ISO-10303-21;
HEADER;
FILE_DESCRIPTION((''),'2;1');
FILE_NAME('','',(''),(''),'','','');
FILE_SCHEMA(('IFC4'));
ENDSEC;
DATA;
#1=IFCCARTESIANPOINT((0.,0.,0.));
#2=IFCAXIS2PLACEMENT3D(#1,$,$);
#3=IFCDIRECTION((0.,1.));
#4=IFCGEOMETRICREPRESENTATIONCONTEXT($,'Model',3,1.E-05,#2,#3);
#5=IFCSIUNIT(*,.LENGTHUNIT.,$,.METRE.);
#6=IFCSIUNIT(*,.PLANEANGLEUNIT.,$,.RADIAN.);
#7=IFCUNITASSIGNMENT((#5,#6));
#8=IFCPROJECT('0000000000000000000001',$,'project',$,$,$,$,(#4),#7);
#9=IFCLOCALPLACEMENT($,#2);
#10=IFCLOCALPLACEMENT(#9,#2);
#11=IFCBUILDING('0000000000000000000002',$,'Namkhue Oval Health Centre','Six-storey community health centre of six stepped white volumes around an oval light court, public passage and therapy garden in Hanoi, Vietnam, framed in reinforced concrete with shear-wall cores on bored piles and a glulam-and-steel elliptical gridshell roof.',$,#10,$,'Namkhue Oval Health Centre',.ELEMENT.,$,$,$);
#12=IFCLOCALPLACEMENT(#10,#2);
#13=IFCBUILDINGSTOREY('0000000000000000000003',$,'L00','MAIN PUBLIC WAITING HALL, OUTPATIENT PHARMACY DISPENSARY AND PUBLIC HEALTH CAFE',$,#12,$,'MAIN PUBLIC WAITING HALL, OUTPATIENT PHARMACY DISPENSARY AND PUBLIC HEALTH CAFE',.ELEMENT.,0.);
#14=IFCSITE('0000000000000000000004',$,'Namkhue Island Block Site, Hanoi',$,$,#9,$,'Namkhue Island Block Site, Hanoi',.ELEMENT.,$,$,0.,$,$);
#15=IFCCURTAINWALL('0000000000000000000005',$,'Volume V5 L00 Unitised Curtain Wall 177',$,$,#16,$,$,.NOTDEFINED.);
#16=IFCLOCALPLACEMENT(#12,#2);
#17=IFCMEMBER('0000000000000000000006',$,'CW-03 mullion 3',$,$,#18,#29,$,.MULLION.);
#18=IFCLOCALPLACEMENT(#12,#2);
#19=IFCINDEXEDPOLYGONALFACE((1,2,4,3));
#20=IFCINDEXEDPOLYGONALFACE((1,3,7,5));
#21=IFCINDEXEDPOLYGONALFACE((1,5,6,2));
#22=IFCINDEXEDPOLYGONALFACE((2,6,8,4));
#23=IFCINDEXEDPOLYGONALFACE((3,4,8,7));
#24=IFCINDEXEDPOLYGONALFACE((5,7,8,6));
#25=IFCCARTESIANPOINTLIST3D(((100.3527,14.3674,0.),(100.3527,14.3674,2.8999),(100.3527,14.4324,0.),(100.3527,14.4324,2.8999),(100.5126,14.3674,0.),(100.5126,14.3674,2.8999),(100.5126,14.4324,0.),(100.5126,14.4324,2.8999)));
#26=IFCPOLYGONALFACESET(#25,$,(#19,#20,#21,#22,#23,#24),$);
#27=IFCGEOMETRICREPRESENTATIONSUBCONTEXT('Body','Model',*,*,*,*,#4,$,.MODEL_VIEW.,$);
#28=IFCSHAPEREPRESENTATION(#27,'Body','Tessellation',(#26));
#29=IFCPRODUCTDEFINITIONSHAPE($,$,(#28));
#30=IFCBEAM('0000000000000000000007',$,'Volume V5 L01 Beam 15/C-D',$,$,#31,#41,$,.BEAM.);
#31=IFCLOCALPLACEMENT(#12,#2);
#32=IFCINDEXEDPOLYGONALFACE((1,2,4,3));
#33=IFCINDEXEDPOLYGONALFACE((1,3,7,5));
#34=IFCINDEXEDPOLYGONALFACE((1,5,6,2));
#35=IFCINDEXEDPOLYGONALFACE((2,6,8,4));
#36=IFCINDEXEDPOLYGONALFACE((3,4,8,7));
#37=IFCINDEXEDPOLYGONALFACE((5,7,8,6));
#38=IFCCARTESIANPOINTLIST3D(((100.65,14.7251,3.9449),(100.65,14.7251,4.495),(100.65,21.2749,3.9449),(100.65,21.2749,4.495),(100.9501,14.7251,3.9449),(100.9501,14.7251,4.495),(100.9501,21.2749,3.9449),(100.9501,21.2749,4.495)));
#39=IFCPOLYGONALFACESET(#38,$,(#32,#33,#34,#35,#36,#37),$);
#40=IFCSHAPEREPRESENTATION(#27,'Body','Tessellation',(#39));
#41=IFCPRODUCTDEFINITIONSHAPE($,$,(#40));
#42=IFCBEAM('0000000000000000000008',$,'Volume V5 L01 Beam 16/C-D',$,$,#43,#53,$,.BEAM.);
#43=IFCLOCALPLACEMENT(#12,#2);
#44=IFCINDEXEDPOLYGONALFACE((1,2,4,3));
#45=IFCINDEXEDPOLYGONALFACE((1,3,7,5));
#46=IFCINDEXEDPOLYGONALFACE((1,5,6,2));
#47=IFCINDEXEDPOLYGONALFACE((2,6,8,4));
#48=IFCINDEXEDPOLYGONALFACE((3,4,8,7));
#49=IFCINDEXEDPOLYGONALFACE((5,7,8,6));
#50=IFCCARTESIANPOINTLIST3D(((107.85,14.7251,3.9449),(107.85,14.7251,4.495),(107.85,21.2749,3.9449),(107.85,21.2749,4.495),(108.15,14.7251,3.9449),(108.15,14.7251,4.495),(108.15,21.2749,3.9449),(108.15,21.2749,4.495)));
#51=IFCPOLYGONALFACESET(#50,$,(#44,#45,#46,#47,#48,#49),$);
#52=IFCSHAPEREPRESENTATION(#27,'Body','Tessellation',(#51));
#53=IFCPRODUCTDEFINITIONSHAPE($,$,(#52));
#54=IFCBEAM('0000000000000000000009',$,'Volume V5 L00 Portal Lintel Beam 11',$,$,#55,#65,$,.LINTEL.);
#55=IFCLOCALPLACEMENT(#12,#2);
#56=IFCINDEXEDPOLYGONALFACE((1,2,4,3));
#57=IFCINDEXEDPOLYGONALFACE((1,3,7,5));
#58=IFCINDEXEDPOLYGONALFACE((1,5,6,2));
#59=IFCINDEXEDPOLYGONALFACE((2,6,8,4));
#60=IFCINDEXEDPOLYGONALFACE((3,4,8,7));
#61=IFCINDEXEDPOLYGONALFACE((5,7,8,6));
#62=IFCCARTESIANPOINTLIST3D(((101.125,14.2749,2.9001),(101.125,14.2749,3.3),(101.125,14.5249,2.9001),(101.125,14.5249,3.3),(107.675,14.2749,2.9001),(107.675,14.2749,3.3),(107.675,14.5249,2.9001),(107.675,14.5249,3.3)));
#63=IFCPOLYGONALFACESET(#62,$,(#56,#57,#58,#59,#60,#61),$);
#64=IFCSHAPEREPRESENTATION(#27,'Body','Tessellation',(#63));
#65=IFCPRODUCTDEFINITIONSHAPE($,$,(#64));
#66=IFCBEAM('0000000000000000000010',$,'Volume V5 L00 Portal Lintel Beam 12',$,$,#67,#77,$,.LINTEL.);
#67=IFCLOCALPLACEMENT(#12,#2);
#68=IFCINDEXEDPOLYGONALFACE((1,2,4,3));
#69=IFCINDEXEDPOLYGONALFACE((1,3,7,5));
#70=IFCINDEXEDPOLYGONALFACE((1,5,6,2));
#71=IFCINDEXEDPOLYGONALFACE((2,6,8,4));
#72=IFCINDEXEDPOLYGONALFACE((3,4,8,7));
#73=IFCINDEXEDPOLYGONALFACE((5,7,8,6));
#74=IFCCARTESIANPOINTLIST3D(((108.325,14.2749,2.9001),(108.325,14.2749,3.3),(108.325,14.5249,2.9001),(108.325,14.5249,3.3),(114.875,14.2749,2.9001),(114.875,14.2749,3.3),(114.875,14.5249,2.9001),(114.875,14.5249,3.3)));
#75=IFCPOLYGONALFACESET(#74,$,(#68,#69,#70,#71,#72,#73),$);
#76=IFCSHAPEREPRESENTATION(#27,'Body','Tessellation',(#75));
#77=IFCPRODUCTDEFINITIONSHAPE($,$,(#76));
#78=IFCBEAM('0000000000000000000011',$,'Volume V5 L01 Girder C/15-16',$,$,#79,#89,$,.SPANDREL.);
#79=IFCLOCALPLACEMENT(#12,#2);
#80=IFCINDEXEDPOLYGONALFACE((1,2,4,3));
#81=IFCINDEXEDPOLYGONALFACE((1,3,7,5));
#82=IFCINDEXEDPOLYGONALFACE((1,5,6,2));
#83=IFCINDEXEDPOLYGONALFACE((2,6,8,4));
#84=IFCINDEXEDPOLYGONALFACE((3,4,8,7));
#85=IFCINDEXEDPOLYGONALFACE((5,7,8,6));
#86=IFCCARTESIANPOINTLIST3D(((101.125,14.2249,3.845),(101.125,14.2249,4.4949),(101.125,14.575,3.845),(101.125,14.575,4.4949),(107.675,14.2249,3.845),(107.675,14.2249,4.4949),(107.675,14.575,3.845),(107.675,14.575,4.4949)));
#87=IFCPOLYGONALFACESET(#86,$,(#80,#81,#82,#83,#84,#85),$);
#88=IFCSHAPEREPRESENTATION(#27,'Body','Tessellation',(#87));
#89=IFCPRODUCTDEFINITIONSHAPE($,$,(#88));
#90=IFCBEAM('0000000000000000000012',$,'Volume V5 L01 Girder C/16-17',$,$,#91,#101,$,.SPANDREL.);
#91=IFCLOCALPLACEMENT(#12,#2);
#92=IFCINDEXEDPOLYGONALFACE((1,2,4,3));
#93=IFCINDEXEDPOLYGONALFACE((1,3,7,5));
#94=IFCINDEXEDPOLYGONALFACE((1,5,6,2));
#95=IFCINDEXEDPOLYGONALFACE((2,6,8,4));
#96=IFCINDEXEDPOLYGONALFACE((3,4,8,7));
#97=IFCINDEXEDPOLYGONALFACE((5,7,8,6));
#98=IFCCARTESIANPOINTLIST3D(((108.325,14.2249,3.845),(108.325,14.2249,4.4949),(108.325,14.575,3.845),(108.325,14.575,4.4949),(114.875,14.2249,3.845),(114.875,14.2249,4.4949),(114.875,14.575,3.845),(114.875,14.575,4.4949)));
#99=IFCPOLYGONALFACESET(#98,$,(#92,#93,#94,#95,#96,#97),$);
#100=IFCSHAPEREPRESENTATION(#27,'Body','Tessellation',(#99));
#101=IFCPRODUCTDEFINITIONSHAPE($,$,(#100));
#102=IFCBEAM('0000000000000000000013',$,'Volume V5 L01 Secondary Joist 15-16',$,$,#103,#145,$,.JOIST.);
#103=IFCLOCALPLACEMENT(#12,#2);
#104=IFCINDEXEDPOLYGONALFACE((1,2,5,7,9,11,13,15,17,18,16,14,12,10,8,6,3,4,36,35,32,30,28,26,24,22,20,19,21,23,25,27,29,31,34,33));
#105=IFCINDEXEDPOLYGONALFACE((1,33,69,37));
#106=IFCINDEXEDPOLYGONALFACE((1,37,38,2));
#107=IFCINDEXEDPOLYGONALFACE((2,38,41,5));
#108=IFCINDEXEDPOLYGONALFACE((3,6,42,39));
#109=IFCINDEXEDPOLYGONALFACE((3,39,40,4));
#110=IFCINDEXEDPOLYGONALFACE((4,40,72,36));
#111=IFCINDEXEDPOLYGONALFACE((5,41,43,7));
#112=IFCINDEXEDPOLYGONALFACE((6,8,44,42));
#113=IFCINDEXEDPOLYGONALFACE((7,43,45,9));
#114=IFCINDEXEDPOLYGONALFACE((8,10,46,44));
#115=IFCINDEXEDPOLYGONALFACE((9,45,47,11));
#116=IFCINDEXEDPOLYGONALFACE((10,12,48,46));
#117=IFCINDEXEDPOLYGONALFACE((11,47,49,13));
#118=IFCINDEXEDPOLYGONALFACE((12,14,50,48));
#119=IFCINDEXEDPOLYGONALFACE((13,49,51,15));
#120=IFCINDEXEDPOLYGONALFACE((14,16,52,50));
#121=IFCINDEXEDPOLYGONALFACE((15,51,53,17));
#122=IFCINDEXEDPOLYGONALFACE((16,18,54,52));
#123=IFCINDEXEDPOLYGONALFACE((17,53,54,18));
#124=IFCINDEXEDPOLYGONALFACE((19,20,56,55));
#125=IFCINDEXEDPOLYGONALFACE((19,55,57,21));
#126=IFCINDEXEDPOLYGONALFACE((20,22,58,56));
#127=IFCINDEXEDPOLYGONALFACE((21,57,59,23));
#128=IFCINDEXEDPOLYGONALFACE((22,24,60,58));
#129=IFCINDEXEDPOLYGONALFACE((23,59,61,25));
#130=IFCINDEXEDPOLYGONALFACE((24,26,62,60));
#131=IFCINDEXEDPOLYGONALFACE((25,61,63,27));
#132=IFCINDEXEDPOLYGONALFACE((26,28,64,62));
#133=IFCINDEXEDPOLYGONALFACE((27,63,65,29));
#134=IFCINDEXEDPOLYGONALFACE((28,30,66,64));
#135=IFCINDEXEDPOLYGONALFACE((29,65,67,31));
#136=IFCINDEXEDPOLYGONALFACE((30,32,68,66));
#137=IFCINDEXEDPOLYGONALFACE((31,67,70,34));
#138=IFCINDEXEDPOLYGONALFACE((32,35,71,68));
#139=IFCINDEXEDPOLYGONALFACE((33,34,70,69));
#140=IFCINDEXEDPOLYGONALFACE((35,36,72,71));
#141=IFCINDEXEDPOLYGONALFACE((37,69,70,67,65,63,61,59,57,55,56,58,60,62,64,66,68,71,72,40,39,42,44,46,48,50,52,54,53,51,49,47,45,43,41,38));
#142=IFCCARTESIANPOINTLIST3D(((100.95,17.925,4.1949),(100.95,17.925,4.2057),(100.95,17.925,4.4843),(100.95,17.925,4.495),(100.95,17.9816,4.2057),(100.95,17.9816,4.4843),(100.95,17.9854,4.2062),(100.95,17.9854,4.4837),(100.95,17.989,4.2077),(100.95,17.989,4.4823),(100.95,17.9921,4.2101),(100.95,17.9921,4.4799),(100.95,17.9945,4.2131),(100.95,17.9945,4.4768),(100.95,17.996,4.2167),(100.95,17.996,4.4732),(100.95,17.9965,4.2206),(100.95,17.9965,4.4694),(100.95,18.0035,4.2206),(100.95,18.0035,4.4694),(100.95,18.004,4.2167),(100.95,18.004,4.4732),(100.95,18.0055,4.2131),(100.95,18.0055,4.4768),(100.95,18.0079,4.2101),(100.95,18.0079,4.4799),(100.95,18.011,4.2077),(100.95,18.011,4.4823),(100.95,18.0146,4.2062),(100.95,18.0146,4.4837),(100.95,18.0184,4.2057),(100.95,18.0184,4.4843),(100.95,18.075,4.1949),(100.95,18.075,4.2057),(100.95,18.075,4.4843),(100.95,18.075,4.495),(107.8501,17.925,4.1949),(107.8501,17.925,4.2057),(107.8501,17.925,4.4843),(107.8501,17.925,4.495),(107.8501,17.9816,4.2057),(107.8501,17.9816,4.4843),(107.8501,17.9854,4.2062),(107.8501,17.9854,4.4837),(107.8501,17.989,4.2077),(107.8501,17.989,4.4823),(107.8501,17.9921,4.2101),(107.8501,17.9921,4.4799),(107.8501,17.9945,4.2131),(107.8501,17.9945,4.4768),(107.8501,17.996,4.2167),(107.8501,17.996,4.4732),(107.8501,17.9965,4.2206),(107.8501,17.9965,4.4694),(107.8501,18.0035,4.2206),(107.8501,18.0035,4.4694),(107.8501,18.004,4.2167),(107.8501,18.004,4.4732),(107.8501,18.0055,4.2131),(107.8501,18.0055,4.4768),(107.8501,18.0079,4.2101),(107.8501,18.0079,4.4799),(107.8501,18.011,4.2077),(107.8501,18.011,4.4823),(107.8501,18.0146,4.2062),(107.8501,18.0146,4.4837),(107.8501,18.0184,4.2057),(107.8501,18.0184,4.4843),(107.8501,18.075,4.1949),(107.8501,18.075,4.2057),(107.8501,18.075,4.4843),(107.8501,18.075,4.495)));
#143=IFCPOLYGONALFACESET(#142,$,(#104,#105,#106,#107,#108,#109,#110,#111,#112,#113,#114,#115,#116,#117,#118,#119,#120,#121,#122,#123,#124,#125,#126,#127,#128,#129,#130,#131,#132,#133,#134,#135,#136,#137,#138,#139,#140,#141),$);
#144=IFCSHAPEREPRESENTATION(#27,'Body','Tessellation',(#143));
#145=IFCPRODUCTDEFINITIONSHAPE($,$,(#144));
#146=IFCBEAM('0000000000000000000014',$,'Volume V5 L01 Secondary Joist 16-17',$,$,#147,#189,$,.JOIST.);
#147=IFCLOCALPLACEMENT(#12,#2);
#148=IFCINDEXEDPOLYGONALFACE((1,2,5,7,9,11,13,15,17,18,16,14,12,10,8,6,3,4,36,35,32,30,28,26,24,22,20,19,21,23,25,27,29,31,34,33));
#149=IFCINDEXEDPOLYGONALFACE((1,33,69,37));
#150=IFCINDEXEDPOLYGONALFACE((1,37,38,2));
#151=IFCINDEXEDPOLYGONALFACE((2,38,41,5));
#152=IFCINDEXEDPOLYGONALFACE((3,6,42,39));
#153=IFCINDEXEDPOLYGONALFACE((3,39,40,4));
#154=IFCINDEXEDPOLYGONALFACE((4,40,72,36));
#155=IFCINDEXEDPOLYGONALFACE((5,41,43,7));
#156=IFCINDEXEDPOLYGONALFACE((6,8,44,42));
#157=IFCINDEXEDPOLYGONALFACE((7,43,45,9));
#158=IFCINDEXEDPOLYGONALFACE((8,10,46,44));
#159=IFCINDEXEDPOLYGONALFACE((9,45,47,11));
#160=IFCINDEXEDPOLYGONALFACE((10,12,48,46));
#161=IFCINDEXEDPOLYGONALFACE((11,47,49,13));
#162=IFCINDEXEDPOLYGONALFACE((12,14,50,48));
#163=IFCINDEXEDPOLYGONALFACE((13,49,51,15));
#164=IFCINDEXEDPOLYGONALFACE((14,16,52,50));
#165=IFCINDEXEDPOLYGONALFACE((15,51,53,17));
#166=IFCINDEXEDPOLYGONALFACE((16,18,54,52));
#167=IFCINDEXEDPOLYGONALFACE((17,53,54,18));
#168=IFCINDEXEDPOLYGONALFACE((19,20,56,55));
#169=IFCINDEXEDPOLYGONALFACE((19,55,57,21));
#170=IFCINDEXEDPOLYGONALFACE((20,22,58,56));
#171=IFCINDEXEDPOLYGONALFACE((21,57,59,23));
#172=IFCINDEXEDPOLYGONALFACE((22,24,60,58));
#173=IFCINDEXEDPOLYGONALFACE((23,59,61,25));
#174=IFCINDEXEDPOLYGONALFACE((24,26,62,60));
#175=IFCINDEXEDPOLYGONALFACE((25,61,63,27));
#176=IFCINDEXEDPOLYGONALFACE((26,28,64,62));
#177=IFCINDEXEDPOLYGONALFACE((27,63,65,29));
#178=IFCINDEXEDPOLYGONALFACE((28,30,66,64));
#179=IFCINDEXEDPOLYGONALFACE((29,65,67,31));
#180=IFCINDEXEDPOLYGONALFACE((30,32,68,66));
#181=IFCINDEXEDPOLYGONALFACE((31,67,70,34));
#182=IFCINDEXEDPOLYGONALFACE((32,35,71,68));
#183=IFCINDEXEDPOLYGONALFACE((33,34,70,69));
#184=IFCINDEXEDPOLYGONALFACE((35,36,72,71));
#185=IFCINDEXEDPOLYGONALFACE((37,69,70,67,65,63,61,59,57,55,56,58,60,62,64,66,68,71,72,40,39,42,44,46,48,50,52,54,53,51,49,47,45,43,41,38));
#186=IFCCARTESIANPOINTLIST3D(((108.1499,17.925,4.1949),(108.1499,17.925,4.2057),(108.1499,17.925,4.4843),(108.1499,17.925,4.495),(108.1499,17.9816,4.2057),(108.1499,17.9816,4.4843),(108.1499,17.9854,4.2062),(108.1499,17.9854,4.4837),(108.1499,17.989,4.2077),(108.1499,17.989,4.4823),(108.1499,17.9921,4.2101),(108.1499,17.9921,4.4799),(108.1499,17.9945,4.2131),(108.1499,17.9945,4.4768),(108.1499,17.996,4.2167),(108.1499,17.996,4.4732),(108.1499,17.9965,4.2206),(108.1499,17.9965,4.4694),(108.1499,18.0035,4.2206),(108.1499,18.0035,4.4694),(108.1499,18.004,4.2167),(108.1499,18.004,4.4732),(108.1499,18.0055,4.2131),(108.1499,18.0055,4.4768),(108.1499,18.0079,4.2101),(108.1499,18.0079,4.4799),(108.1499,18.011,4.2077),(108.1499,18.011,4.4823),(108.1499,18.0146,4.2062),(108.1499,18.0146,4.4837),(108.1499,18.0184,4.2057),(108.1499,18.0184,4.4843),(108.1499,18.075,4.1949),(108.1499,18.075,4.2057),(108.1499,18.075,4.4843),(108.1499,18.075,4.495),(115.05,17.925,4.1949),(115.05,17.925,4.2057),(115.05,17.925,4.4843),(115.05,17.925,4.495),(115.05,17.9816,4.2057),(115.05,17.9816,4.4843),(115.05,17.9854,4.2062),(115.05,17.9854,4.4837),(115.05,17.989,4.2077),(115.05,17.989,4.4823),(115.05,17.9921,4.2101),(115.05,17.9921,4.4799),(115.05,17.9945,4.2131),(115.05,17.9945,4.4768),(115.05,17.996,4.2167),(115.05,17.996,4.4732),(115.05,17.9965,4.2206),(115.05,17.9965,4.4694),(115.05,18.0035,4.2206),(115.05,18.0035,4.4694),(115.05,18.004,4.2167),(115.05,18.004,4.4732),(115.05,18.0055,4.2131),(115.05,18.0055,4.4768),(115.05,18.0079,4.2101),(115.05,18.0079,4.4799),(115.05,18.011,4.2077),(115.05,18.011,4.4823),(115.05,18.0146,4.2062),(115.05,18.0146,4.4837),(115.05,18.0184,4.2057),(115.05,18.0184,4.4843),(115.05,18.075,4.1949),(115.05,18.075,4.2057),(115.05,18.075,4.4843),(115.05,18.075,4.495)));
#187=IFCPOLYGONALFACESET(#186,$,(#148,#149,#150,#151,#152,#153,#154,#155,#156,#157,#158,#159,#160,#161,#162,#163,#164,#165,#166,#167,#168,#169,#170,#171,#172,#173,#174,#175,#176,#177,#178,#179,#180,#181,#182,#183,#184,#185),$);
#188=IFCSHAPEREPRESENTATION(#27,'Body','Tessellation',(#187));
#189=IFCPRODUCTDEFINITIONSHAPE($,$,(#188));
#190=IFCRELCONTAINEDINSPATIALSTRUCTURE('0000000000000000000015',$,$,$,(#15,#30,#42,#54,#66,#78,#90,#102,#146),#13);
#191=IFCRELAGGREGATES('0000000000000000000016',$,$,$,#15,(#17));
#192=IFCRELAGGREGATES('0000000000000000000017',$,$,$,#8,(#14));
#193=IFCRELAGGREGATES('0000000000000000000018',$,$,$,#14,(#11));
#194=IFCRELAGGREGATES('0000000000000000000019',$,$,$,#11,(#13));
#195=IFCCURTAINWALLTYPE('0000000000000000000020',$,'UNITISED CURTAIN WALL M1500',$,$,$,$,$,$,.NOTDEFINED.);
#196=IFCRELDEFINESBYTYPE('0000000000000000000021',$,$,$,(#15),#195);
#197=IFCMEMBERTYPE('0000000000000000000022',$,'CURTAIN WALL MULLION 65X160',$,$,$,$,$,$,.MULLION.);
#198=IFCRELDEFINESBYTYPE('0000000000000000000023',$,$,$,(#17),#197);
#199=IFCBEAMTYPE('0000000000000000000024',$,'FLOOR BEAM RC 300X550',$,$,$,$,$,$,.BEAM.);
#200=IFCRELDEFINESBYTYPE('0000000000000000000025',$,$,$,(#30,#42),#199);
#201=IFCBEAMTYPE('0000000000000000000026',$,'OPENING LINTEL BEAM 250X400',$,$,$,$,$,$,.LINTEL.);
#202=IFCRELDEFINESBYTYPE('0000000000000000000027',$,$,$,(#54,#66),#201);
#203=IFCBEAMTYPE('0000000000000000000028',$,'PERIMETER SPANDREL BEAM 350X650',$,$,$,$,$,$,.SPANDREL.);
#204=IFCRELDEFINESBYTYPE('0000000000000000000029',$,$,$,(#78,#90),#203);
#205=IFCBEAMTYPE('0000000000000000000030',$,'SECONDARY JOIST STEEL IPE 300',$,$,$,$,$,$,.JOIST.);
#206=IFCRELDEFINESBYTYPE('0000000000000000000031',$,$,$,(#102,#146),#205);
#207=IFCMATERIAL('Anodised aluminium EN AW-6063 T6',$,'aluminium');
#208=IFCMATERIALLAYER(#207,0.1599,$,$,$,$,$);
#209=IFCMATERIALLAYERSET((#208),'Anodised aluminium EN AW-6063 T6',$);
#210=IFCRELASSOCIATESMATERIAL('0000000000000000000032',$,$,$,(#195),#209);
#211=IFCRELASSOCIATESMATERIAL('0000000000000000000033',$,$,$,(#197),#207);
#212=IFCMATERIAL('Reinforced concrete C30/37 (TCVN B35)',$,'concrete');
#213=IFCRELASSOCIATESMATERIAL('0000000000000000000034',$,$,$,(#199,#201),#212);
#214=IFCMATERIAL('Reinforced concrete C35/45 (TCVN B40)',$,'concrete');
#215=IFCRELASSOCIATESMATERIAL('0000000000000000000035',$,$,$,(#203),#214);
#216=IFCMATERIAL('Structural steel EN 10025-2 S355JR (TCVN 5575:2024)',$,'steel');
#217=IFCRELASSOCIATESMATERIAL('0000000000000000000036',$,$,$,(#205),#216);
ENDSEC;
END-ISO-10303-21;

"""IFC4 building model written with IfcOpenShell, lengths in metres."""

from ifc_helpers import new_model, si_unit, direction, frame, origin, origin_2d, place, context, subcontext, project, spatial, rectangle, i_section, extrude, material, layer, layer_set, material_profile, profile_set, type_object, element, aggregate, save


model = new_model("IFC4")

# Units and contexts
model_context = context("Model", 3, precision=1e-05, world=origin(), true_north=direction((0.0, 1.0)))
body_context = subcontext(model_context, "Body", "Model", "MODEL_VIEW")
ifc_project = project(units=[si_unit("LENGTHUNIT", "METRE"), si_unit("PLANEANGLEUNIT", "RADIAN")], contexts=[model_context])

# Site, building, storey
site_placement = place(None, origin())
site = spatial("IfcSite", under=ifc_project, at=site_placement, Name="Namkhue Island Block Site, Hanoi", LongName="Namkhue Island Block Site, Hanoi", CompositionType="ELEMENT", RefElevation=0.0)
building_placement = place(site_placement, origin())
building = spatial("IfcBuilding", under=site, at=building_placement, Name="Namkhue Oval Health Centre", Description="Six-storey community health centre of six stepped white volumes around an oval light court, public passage and therapy garden in Hanoi, Vietnam, framed in reinforced concrete with shear-wall cores on bored piles and a glulam-and-steel elliptical gridshell roof.", LongName="Namkhue Oval Health Centre", CompositionType="ELEMENT")
storey_placement = place(building_placement, origin())
storey = spatial("IfcBuildingStorey", under=building, at=storey_placement, Name="L00", Description="MAIN PUBLIC WAITING HALL, OUTPATIENT PHARMACY DISPENSARY AND PUBLIC HEALTH CAFE", LongName="MAIN PUBLIC WAITING HALL, OUTPATIENT PHARMACY DISPENSARY AND PUBLIC HEALTH CAFE", CompositionType="ELEMENT", Elevation=0.0)

# Shared definitions
ifc_material_1 = material(Name="Reinforced concrete C30/37 (TCVN B35)", Category="concrete")

# Shared definitions
ifc_material_2 = material(Name="Reinforced concrete C35/45 (TCVN B40)", Category="concrete")

# Curtain wall, member
ifc_material_3 = material(Name="Anodised aluminium EN AW-6063 T6", Category="aluminium")
ifc_layer_1 = layer(ifc_material_3, 0.1599)
ifc_layer_set_1 = layer_set([ifc_layer_1], Name="Anodised aluminium EN AW-6063 T6")
curtain_wall_type = type_object("IfcCurtainWallType", Name="UNITISED CURTAIN WALL M1500", PredefinedType="NOTDEFINED", material=ifc_layer_set_1)
curtain_wall_placement = place(storey_placement, origin())
curtain_wall = element("IfcCurtainWall", 1, at=curtain_wall_placement, inside=storey, type_object=curtain_wall_type, Name="Volume V5 L00 Unitised Curtain Wall 177", PredefinedType="NOTDEFINED")
ifc_material_profile_1 = material_profile(ifc_material_3, rectangle(XDim=0.0649, YDim=0.1599, at=origin_2d()), Name="ALU 65x160")
ifc_profile_set_1 = profile_set([ifc_material_profile_1], Name="Anodised aluminium EN AW-6063 T6")
member_type = type_object("IfcMemberType", Name="CURTAIN WALL MULLION 65X160", PredefinedType="MULLION", material=ifc_profile_set_1)
member_placement = place(storey_placement, frame((100.4326, 14.3999, 0.0), z_axis=(0.0, 0.0, 1.0), x_axis=(0.0, 1.0, 0.0)))
member = element("IfcMember", 2, at=member_placement, type_object=member_type, Name="CW-03 mullion 3", PredefinedType="MULLION", context=body_context, shape_type="SweptSolid", body=[
    extrude(rectangle(XDim=0.0649, YDim=0.1599, at=origin_2d()), origin(), (0.0, 0.0, 1.0), 2.8999),
])

# Beams
ifc_material_profile_2 = material_profile(ifc_material_1, rectangle(XDim=0.3, YDim=0.55, at=origin_2d()), Name="RC 300x550")
ifc_profile_set_2 = profile_set([ifc_material_profile_2], Name="Reinforced concrete C30/37 (TCVN B35)")
beam_type_1 = type_object("IfcBeamType", Name="FLOOR BEAM RC 300X550", PredefinedType="BEAM", material=ifc_profile_set_2)
for number, where, z_axis, x_axis, name in (
    (3, (100.8, 14.7251, 4.22), (0.0, 1.0, 0.0), (-1.0, 0.0, 0.0), "Volume V5 L01 Beam 15/C-D"),
    (4, (108.0, 14.7251, 4.22), (0.0, 1.0, 0.0), (-1.0, 0.0, 0.0), "Volume V5 L01 Beam 16/C-D"),
):
    element("IfcBeam", number, at=place(storey_placement, frame(where, z_axis=z_axis, x_axis=x_axis)), inside=storey, type_object=beam_type_1, Name=name, PredefinedType="BEAM", context=body_context, shape_type="SweptSolid", body=[
        extrude(rectangle(XDim=0.3, YDim=0.55, at=origin_2d()), origin(), (0.0, 0.0, 1.0), 6.5498),
    ])
ifc_material_profile_3 = material_profile(ifc_material_1, rectangle(XDim=0.25, YDim=0.3999, at=origin_2d()), Name="RC 250x400")
ifc_profile_set_3 = profile_set([ifc_material_profile_3], Name="Reinforced concrete C30/37 (TCVN B35)")
beam_type_2 = type_object("IfcBeamType", Name="OPENING LINTEL BEAM 250X400", PredefinedType="LINTEL", material=ifc_profile_set_3)
for number, where, z_axis, x_axis, name in (
    (5, (101.125, 14.3999, 3.1001), (1.0, 0.0, 0.0), (0.0, 1.0, 0.0), "Volume V5 L00 Portal Lintel Beam 11"),
    (6, (108.325, 14.3999, 3.1001), (1.0, 0.0, 0.0), (0.0, 1.0, 0.0), "Volume V5 L00 Portal Lintel Beam 12"),
):
    element("IfcBeam", number, at=place(storey_placement, frame(where, z_axis=z_axis, x_axis=x_axis)), inside=storey, type_object=beam_type_2, Name=name, PredefinedType="LINTEL", context=body_context, shape_type="SweptSolid", body=[
        extrude(rectangle(XDim=0.25, YDim=0.3999, at=origin_2d()), origin(), (0.0, 0.0, 1.0), 6.55),
    ])
ifc_material_profile_4 = material_profile(ifc_material_2, rectangle(XDim=0.3501, YDim=0.6499, at=origin_2d()), Name="RC 350x650")
ifc_profile_set_4 = profile_set([ifc_material_profile_4], Name="Reinforced concrete C35/45 (TCVN B40)")
beam_type_3 = type_object("IfcBeamType", Name="PERIMETER SPANDREL BEAM 350X650", PredefinedType="SPANDREL", material=ifc_profile_set_4)
for number, where, z_axis, x_axis, name in (
    (7, (101.125, 14.3999, 4.1699), (1.0, 0.0, 0.0), (0.0, 1.0, 0.0), "Volume V5 L01 Girder C/15-16"),
    (8, (108.325, 14.3999, 4.1699), (1.0, 0.0, 0.0), (0.0, 1.0, 0.0), "Volume V5 L01 Girder C/16-17"),
):
    element("IfcBeam", number, at=place(storey_placement, frame(where, z_axis=z_axis, x_axis=x_axis)), inside=storey, type_object=beam_type_3, Name=name, PredefinedType="SPANDREL", context=body_context, shape_type="SweptSolid", body=[
        extrude(rectangle(XDim=0.3501, YDim=0.6499, at=origin_2d()), origin(), (0.0, 0.0, 1.0), 6.55),
    ])
ifc_material_4 = material(Name="Structural steel EN 10025-2 S355JR (TCVN 5575:2024)", Category="steel")
ifc_material_profile_5 = material_profile(ifc_material_4, i_section(OverallWidth=0.1499, OverallDepth=0.3, WebThickness=0.0071, FlangeThickness=0.0107, FilletRadius=0.0149, at=origin_2d()), Name="IPE 300")
ifc_profile_set_5 = profile_set([ifc_material_profile_5], Name="Structural steel EN 10025-2 S355JR (TCVN 5575:2024)")
beam_type_4 = type_object("IfcBeamType", Name="SECONDARY JOIST STEEL IPE 300", PredefinedType="JOIST", material=ifc_profile_set_5)
for number, where, z_axis, x_axis, name in (
    (9, (100.95, 18.0, 4.345), (1.0, 0.0, 0.0), (0.0, 1.0, 0.0), "Volume V5 L01 Secondary Joist 15-16"),
    (10, (108.1499, 18.0, 4.345), (1.0, 0.0, 0.0), (0.0, 1.0, 0.0), "Volume V5 L01 Secondary Joist 16-17"),
):
    element("IfcBeam", number, at=place(storey_placement, frame(where, z_axis=z_axis, x_axis=x_axis)), inside=storey, type_object=beam_type_4, Name=name, PredefinedType="JOIST", context=body_context, shape_type="SweptSolid", body=[
        extrude(i_section(OverallWidth=0.1499, OverallDepth=0.3, WebThickness=0.0071, FlangeThickness=0.0107, FilletRadius=0.0149, at=origin_2d()), origin(), (0.0, 0.0, 1.0), 6.9001),
    ])

aggregate(curtain_wall, [member])

save(model, "model.ifc")
